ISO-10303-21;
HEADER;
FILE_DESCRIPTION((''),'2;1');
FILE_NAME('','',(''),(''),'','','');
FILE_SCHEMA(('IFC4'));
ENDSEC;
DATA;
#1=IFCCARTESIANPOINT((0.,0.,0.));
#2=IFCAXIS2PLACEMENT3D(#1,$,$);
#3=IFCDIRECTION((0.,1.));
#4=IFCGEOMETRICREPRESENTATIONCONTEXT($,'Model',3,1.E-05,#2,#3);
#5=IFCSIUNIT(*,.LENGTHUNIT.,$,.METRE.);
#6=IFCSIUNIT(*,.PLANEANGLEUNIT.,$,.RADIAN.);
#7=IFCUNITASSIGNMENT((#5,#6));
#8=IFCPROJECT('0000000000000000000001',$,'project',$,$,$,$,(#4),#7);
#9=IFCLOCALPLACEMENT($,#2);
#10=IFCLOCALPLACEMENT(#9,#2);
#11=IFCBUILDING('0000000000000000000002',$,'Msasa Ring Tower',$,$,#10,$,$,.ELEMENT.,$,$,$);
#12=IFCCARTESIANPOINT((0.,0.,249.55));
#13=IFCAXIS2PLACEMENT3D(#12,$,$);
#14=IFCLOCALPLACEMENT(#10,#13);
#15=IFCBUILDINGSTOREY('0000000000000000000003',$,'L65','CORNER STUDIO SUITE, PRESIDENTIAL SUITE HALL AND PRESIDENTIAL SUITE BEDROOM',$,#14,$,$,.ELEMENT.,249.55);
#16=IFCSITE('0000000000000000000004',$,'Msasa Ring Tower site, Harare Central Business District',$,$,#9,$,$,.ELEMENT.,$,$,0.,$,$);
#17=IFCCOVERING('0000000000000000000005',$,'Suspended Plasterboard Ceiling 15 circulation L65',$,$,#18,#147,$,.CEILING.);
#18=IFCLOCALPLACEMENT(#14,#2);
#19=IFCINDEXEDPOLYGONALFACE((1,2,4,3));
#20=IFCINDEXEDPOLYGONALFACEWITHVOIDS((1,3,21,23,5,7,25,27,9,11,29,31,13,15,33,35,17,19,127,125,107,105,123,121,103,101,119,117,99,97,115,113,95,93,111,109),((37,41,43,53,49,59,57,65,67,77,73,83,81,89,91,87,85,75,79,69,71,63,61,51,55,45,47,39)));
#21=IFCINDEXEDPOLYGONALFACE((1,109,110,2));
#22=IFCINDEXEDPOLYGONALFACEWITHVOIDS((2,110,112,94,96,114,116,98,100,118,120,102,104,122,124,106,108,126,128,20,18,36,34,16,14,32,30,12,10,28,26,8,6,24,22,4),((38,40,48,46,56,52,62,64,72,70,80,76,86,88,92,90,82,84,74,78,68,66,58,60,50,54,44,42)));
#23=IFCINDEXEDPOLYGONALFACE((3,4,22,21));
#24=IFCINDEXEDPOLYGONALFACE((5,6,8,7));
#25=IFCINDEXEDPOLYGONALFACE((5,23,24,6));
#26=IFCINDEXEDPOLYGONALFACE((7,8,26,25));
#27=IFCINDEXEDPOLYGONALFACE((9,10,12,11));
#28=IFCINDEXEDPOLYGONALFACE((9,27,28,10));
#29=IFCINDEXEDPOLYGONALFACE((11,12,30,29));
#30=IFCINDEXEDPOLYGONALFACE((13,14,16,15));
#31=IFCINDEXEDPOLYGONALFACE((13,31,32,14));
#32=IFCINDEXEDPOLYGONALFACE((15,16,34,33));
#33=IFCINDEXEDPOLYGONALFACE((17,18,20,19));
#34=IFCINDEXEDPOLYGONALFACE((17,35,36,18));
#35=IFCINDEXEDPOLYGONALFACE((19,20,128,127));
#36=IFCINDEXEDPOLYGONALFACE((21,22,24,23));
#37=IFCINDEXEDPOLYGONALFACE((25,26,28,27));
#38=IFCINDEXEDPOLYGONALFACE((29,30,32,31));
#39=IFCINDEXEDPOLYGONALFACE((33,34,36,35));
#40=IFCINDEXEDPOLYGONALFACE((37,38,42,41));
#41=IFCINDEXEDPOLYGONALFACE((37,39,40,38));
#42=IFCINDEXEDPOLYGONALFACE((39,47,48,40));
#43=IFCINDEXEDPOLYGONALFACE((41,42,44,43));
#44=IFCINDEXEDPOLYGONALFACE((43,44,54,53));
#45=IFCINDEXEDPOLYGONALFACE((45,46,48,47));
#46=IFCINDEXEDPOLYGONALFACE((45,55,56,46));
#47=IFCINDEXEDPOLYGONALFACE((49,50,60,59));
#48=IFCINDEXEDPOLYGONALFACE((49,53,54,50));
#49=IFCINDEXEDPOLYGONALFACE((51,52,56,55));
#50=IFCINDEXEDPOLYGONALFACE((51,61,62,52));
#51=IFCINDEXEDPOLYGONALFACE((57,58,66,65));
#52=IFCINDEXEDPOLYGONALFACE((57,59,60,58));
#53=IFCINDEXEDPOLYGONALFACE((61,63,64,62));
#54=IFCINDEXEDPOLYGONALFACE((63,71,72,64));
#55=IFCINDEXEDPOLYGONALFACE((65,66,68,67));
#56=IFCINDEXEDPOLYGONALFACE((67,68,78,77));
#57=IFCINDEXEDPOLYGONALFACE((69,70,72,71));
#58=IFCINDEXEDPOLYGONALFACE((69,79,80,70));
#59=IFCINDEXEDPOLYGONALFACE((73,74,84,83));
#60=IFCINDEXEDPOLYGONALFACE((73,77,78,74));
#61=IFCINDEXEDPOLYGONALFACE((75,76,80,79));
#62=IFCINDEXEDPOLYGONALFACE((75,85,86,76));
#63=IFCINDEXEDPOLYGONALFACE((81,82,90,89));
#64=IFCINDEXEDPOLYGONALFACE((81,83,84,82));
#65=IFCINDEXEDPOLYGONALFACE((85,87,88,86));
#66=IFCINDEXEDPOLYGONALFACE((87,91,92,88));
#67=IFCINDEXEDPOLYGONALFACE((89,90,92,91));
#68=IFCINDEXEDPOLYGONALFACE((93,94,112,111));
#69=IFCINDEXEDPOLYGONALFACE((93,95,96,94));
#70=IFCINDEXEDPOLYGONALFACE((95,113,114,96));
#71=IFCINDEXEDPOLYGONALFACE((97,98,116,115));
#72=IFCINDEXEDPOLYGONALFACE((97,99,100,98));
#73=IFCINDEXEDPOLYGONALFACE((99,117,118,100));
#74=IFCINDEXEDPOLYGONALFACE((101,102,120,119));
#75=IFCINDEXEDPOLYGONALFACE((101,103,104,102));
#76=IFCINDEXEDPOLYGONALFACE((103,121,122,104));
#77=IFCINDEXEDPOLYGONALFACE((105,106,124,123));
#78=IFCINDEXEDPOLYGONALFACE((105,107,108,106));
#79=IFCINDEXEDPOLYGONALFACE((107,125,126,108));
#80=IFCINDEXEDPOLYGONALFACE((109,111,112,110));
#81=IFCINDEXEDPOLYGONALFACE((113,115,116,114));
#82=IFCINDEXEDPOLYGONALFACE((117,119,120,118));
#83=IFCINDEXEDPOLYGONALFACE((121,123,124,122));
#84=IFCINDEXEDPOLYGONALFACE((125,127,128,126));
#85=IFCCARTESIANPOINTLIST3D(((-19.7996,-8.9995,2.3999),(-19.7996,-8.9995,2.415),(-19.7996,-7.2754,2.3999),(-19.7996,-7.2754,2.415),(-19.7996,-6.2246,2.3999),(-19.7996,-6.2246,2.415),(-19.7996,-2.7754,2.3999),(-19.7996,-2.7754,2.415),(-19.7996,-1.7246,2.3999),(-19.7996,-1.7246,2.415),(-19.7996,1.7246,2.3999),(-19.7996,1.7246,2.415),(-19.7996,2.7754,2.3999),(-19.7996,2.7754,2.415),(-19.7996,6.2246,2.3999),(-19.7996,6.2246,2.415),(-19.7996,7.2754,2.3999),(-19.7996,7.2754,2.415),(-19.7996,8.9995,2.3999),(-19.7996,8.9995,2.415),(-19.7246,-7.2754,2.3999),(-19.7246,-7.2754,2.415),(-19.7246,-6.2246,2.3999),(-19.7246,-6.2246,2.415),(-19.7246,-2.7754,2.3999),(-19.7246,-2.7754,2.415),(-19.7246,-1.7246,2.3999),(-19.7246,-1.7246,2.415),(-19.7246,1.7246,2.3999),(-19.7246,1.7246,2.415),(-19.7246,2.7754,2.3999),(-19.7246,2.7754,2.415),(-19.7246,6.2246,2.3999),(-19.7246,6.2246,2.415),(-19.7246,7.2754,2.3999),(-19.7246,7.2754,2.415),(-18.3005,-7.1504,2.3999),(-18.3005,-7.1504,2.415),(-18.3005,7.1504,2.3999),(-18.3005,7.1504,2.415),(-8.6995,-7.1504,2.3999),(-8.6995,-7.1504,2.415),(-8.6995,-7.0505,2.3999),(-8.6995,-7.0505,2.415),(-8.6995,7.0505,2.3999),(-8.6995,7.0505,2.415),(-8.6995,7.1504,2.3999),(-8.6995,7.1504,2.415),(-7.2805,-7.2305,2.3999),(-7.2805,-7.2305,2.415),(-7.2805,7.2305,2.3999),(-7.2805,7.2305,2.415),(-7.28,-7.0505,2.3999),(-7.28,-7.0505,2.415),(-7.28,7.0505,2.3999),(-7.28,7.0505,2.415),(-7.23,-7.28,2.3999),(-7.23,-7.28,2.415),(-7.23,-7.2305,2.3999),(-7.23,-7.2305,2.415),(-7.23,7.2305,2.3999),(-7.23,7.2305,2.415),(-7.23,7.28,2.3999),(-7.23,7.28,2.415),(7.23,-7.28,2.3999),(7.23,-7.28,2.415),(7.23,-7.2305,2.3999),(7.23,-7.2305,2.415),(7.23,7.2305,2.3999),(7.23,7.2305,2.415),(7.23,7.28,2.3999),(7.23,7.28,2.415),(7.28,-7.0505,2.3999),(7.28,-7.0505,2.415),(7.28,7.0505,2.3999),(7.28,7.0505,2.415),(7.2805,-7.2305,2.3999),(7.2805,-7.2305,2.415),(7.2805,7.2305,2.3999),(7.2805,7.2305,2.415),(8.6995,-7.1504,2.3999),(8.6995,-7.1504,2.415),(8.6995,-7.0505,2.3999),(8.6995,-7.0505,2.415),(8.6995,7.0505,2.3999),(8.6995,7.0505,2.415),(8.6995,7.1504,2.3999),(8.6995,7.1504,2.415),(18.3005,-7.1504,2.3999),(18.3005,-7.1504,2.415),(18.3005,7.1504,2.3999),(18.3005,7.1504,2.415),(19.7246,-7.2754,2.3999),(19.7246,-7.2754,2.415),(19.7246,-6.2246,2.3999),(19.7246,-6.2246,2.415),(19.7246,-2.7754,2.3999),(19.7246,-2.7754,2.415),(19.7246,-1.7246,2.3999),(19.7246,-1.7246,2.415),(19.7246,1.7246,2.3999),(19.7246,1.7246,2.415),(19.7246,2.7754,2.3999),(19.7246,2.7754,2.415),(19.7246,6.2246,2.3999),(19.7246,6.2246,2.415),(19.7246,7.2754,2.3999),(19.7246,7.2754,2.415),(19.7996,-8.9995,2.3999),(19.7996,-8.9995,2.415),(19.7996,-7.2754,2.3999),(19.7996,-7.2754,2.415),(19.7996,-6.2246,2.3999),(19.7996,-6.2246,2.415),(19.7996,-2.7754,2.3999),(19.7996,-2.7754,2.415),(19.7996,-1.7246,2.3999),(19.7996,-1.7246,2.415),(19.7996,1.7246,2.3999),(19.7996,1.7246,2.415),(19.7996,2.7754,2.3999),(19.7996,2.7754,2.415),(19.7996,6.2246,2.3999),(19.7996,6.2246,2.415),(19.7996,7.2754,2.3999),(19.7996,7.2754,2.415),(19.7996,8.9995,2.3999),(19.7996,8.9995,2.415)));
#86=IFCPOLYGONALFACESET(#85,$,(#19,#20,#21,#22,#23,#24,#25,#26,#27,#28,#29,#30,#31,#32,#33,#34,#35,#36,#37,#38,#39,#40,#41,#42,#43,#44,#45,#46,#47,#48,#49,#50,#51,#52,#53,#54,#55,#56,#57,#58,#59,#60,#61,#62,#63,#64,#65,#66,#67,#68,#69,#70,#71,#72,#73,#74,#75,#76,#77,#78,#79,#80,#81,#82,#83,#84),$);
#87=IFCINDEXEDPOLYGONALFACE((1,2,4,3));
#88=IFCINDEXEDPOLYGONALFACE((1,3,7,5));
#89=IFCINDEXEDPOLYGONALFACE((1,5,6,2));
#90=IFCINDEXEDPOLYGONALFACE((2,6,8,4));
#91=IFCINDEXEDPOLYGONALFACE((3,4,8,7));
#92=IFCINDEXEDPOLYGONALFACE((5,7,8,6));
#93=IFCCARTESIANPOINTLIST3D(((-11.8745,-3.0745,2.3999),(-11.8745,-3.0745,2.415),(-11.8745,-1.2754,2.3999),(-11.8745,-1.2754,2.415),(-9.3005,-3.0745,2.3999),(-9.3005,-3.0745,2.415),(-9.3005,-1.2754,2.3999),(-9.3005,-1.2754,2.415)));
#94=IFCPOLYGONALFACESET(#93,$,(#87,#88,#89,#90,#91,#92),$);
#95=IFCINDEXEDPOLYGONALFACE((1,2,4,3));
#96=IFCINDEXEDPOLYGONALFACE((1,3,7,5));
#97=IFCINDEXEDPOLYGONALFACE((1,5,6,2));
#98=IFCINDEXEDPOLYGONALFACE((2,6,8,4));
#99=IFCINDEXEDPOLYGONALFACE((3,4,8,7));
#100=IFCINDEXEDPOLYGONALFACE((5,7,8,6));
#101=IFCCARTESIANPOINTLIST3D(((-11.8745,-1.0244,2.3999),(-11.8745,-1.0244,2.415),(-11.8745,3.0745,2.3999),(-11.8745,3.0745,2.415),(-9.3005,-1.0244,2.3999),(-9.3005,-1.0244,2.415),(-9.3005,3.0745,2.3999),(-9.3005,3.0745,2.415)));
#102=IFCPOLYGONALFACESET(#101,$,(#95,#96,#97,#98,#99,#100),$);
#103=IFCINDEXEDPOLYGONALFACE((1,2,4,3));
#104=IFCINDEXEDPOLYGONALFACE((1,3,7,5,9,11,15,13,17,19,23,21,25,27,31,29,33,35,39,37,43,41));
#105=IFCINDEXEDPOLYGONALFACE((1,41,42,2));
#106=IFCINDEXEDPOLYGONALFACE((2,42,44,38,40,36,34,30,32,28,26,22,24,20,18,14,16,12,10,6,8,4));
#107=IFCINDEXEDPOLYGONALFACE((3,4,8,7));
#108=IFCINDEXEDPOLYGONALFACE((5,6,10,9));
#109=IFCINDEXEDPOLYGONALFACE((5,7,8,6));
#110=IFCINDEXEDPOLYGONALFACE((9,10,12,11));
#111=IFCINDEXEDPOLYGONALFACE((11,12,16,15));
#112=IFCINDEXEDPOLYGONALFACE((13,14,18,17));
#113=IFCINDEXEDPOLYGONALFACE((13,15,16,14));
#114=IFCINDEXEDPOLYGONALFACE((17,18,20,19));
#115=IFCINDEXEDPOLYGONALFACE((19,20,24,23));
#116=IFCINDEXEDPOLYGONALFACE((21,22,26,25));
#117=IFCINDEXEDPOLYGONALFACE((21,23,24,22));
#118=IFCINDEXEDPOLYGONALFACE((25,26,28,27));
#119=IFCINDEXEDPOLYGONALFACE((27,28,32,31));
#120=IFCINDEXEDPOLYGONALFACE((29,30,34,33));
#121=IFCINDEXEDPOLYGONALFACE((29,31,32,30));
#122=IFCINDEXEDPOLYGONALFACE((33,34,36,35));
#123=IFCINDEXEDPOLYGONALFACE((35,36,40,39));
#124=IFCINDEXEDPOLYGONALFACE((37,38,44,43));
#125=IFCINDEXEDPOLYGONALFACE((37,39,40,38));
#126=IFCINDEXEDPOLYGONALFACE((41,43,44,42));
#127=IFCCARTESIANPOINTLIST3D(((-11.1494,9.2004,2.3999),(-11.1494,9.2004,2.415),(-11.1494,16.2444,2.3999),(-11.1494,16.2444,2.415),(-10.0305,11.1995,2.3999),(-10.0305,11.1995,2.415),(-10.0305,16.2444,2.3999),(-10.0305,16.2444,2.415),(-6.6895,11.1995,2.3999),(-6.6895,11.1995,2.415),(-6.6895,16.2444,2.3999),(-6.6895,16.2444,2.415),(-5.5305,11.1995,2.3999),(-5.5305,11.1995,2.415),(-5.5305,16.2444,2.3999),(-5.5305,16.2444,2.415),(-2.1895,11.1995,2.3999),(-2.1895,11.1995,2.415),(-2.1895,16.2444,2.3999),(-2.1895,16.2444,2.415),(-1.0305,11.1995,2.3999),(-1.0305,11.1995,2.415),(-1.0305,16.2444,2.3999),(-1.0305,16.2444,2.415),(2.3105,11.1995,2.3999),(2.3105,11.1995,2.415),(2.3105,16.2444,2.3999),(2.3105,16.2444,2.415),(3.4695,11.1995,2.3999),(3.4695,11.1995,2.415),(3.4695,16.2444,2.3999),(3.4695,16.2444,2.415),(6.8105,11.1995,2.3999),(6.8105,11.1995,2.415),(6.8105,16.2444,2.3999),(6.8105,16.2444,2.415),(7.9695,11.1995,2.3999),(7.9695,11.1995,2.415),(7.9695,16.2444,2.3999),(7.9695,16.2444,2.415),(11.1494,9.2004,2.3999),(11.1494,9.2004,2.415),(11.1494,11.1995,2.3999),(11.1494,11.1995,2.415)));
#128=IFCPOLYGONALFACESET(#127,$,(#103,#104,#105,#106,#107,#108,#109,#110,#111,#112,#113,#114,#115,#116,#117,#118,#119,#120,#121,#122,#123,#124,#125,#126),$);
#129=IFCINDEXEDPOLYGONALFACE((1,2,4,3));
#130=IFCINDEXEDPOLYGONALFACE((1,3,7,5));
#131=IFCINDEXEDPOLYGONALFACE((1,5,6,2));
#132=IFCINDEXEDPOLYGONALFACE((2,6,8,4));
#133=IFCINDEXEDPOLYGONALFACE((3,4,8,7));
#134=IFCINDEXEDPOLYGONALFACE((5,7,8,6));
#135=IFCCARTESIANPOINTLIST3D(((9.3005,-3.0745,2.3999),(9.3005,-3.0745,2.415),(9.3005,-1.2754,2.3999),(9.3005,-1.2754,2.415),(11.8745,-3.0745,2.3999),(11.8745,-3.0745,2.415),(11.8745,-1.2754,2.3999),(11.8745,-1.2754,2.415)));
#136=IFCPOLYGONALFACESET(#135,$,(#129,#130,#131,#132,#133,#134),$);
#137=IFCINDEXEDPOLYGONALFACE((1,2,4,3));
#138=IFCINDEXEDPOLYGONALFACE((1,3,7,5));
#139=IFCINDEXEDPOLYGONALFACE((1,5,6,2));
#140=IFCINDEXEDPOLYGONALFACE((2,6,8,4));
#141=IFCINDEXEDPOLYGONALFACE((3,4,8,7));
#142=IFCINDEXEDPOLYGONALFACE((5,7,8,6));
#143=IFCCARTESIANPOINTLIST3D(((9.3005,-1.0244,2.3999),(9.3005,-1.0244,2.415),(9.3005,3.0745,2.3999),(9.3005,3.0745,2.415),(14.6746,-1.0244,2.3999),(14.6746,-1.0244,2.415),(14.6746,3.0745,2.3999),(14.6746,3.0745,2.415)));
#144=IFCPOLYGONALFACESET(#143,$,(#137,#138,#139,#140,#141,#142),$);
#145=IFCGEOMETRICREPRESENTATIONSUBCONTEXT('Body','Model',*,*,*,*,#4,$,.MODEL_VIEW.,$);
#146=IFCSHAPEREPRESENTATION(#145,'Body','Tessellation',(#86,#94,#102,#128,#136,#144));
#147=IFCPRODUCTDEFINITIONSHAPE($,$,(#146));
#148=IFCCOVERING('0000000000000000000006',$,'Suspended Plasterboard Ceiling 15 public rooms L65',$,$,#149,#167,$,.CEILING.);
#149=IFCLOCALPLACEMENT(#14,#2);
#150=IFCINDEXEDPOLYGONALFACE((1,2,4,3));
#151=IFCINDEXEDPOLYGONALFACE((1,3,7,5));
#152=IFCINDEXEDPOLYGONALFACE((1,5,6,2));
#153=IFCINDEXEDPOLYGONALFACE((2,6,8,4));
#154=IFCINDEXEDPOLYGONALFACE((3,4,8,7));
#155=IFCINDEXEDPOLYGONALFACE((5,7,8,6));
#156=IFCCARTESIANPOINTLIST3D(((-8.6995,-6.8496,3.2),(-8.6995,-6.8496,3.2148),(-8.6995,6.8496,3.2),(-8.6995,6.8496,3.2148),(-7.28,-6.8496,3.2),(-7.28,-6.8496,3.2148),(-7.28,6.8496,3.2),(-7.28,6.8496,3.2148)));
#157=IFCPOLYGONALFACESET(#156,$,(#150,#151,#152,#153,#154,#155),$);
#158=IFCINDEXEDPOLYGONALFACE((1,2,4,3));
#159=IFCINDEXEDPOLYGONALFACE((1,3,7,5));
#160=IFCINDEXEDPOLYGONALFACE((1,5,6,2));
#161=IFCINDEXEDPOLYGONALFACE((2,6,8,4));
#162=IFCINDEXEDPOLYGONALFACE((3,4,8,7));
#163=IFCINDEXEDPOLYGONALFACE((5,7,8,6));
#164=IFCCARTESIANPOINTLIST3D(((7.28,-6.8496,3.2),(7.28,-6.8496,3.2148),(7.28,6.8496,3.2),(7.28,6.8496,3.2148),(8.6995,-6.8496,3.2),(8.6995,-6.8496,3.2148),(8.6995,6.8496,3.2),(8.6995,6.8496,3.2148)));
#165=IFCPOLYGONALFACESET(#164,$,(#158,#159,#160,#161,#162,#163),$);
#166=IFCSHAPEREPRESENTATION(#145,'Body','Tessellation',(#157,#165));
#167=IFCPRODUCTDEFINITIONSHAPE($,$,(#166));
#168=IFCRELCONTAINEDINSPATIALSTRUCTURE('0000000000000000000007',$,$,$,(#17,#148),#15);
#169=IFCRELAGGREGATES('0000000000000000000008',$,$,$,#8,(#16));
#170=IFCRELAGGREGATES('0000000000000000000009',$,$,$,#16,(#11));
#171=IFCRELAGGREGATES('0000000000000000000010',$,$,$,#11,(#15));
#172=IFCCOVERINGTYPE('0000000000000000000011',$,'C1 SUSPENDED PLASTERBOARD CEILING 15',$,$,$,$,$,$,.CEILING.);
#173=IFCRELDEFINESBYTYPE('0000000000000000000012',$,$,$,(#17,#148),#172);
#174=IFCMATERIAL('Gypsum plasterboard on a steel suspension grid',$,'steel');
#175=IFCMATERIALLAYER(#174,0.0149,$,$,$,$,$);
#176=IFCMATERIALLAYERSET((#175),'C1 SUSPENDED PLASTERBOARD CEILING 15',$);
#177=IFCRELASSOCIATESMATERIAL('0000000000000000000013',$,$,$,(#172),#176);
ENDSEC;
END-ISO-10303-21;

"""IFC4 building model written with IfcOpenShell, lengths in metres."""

from ifc_helpers import new_model, si_unit, direction, frame, origin, place, context, subcontext, project, spatial, line, indexed_curve, outline, extrude, material, layer, layer_set, type_object, element, save


model = new_model("IFC4")

# Units and contexts
model_context = context("Model", 3, precision=1e-05, world=origin(), true_north=direction((0.0, 1.0)))
body_context = subcontext(model_context, "Body", "Model", "MODEL_VIEW")
ifc_project = project(units=[si_unit("LENGTHUNIT", "METRE"), si_unit("PLANEANGLEUNIT", "RADIAN")], contexts=[model_context])

# Site, building, storey
site_placement = place(None, origin())
site = spatial("IfcSite", under=ifc_project, at=site_placement, Name="Msasa Ring Tower site, Harare Central Business District", CompositionType="ELEMENT", RefElevation=0.0)
building_placement = place(site_placement, origin())
building = spatial("IfcBuilding", under=site, at=building_placement, Name="Msasa Ring Tower", CompositionType="ELEMENT")
storey_placement = place(building_placement, frame((0.0, 0.0, 249.55)))
storey = spatial("IfcBuildingStorey", under=building, at=storey_placement, Name="L65", Description="CORNER STUDIO SUITE, PRESIDENTIAL SUITE HALL AND PRESIDENTIAL SUITE BEDROOM", CompositionType="ELEMENT", Elevation=249.55)

# Coverings
ifc_material_1 = material(Name="Gypsum plasterboard on a steel suspension grid", Category="steel")
ifc_layer_1 = layer(ifc_material_1, 0.0149)
ifc_layer_set_1 = layer_set([ifc_layer_1], Name="C1 SUSPENDED PLASTERBOARD CEILING 15")
covering_type_1 = type_object("IfcCoveringType", Name="C1 SUSPENDED PLASTERBOARD CEILING 15", PredefinedType="CEILING", material=ifc_layer_set_1)
covering_1_placement = place(storey_placement, frame((0.0, 0.0, 2.3999)))
element("IfcCovering", 1, at=covering_1_placement, inside=storey, type_object=covering_type_1, Name="Suspended Plasterboard Ceiling 15 circulation L65", PredefinedType="CEILING", context=body_context, shape_type="SweptSolid", body=[
    extrude(outline(indexed_curve([(19.7996, 7.2754), (19.7246, 7.2754), (19.7246, 6.2246), (19.7996, 6.2246), (19.7996, 2.7754), (19.7246, 2.7754), (19.7246, 1.7246), (19.7996, 1.7246), (19.7996, -1.7246), (19.7246, -1.7246), (19.7246, -2.7754), (19.7996, -2.7754), (19.7996, -6.2246), (19.7246, -6.2246), (19.7246, -7.2754), (19.7996, -7.2754), (19.7996, -8.9995), (-19.7996, -8.9995), (-19.7996, -7.2754), (-19.7246, -7.2754), (-19.7246, -6.2246), (-19.7996, -6.2246), (-19.7996, -2.7754), (-19.7246, -2.7754), (-19.7246, -1.7246), (-19.7996, -1.7246), (-19.7996, 1.7246), (-19.7246, 1.7246), (-19.7246, 2.7754), (-19.7996, 2.7754), (-19.7996, 6.2246), (-19.7246, 6.2246), (-19.7246, 7.2754), (-19.7996, 7.2754), (-19.7996, 8.9995), (19.7996, 8.9995)], segments=[line(1, 2, 3, 4, 5, 6, 7, 8, 9, 10, 11, 12, 13, 14, 15, 16, 17, 18, 19, 20, 21, 22, 23, 24, 25, 26, 27, 28, 29, 30, 31, 32, 33, 34, 35, 36, 1)], self_intersect=False), holes=[indexed_curve([(8.6995, -7.1504), (18.3005, -7.1504), (18.3005, 7.1504), (8.6995, 7.1504), (8.6995, 7.0505), (7.28, 7.0505), (7.2805, 7.2305), (7.23, 7.2305), (7.23, 7.28), (-7.23, 7.28), (-7.23, 7.2305), (-7.2805, 7.2305), (-7.28, 7.0505), (-8.6995, 7.0505), (-8.6995, 7.1504), (-18.3005, 7.1504), (-18.3005, -7.1504), (-8.6995, -7.1504), (-8.6995, -7.0505), (-7.28, -7.0505), (-7.2805, -7.2305), (-7.23, -7.2305), (-7.23, -7.28), (7.23, -7.28), (7.23, -7.2305), (7.2805, -7.2305), (7.28, -7.0505), (8.6995, -7.0505)], segments=[line(1, 2, 3, 4, 5, 6, 7, 8, 9, 10, 11, 12, 13, 14, 15, 16, 17, 18, 19, 20, 21, 22, 23, 24, 25, 26, 27, 28, 1)], self_intersect=False)]), origin(), (0.0, 0.0, 1.0), 0.0151),
    extrude(outline(indexed_curve([(-9.3005, -3.0745), (-11.8745, -3.0745), (-11.8745, -1.2754), (-9.3005, -1.2754)], segments=[line(1, 2, 3, 4, 1)], self_intersect=False)), origin(), (0.0, 0.0, 1.0), 0.0151),
    extrude(outline(indexed_curve([(-9.3005, -1.0244), (-11.8745, -1.0244), (-11.8745, 3.0745), (-9.3005, 3.0745)], segments=[line(1, 2, 3, 4, 1)], self_intersect=False)), origin(), (0.0, 0.0, 1.0), 0.0151),
    extrude(outline(indexed_curve([(-6.6895, 16.2444), (-5.5305, 16.2444), (-5.5305, 11.1995), (-2.1895, 11.1995), (-2.1895, 16.2444), (-1.0305, 16.2444), (-1.0305, 11.1995), (2.3105, 11.1995), (2.3105, 16.2444), (3.4695, 16.2444), (3.4695, 11.1995), (6.8105, 11.1995), (6.8105, 16.2444), (7.9695, 16.2444), (7.9695, 11.1995), (11.1494, 11.1995), (11.1494, 9.2004), (-11.1494, 9.2004), (-11.1494, 16.2444), (-10.0305, 16.2444), (-10.0305, 11.1995), (-6.6895, 11.1995)], segments=[line(1, 2, 3, 4, 5, 6, 7, 8, 9, 10, 11, 12, 13, 14, 15, 16, 17, 18, 19, 20, 21, 22, 1)], self_intersect=False)), origin(), (0.0, 0.0, 1.0), 0.0151),
    extrude(outline(indexed_curve([(9.3005, -3.0745), (9.3005, -1.2754), (11.8745, -1.2754), (11.8745, -3.0745)], segments=[line(1, 2, 3, 4, 1)], self_intersect=False)), origin(), (0.0, 0.0, 1.0), 0.0151),
    extrude(outline(indexed_curve([(9.3005, -1.0244), (9.3005, 3.0745), (14.6746, 3.0745), (14.6746, -1.0244)], segments=[line(1, 2, 3, 4, 1)], self_intersect=False)), origin(), (0.0, 0.0, 1.0), 0.0151),
])
covering_2_placement = place(storey_placement, frame((0.0, 0.0, 3.2)))
element("IfcCovering", 2, at=covering_2_placement, inside=storey, type_object=covering_type_1, Name="Suspended Plasterboard Ceiling 15 public rooms L65", PredefinedType="CEILING", context=body_context, shape_type="SweptSolid", body=[
    extrude(outline(indexed_curve([(-7.28, 6.8496), (-7.28, -6.8496), (-8.6995, -6.8496), (-8.6995, 6.8496)], segments=[line(1, 2, 3, 4, 1)], self_intersect=False)), origin(), (0.0, 0.0, 1.0), 0.0149),
    extrude(outline(indexed_curve([(8.6995, 6.8496), (8.6995, -6.8496), (7.28, -6.8496), (7.28, 6.8496)], segments=[line(1, 2, 3, 4, 1)], self_intersect=False)), origin(), (0.0, 0.0, 1.0), 0.0149),
])

save(model, "model.ifc")
